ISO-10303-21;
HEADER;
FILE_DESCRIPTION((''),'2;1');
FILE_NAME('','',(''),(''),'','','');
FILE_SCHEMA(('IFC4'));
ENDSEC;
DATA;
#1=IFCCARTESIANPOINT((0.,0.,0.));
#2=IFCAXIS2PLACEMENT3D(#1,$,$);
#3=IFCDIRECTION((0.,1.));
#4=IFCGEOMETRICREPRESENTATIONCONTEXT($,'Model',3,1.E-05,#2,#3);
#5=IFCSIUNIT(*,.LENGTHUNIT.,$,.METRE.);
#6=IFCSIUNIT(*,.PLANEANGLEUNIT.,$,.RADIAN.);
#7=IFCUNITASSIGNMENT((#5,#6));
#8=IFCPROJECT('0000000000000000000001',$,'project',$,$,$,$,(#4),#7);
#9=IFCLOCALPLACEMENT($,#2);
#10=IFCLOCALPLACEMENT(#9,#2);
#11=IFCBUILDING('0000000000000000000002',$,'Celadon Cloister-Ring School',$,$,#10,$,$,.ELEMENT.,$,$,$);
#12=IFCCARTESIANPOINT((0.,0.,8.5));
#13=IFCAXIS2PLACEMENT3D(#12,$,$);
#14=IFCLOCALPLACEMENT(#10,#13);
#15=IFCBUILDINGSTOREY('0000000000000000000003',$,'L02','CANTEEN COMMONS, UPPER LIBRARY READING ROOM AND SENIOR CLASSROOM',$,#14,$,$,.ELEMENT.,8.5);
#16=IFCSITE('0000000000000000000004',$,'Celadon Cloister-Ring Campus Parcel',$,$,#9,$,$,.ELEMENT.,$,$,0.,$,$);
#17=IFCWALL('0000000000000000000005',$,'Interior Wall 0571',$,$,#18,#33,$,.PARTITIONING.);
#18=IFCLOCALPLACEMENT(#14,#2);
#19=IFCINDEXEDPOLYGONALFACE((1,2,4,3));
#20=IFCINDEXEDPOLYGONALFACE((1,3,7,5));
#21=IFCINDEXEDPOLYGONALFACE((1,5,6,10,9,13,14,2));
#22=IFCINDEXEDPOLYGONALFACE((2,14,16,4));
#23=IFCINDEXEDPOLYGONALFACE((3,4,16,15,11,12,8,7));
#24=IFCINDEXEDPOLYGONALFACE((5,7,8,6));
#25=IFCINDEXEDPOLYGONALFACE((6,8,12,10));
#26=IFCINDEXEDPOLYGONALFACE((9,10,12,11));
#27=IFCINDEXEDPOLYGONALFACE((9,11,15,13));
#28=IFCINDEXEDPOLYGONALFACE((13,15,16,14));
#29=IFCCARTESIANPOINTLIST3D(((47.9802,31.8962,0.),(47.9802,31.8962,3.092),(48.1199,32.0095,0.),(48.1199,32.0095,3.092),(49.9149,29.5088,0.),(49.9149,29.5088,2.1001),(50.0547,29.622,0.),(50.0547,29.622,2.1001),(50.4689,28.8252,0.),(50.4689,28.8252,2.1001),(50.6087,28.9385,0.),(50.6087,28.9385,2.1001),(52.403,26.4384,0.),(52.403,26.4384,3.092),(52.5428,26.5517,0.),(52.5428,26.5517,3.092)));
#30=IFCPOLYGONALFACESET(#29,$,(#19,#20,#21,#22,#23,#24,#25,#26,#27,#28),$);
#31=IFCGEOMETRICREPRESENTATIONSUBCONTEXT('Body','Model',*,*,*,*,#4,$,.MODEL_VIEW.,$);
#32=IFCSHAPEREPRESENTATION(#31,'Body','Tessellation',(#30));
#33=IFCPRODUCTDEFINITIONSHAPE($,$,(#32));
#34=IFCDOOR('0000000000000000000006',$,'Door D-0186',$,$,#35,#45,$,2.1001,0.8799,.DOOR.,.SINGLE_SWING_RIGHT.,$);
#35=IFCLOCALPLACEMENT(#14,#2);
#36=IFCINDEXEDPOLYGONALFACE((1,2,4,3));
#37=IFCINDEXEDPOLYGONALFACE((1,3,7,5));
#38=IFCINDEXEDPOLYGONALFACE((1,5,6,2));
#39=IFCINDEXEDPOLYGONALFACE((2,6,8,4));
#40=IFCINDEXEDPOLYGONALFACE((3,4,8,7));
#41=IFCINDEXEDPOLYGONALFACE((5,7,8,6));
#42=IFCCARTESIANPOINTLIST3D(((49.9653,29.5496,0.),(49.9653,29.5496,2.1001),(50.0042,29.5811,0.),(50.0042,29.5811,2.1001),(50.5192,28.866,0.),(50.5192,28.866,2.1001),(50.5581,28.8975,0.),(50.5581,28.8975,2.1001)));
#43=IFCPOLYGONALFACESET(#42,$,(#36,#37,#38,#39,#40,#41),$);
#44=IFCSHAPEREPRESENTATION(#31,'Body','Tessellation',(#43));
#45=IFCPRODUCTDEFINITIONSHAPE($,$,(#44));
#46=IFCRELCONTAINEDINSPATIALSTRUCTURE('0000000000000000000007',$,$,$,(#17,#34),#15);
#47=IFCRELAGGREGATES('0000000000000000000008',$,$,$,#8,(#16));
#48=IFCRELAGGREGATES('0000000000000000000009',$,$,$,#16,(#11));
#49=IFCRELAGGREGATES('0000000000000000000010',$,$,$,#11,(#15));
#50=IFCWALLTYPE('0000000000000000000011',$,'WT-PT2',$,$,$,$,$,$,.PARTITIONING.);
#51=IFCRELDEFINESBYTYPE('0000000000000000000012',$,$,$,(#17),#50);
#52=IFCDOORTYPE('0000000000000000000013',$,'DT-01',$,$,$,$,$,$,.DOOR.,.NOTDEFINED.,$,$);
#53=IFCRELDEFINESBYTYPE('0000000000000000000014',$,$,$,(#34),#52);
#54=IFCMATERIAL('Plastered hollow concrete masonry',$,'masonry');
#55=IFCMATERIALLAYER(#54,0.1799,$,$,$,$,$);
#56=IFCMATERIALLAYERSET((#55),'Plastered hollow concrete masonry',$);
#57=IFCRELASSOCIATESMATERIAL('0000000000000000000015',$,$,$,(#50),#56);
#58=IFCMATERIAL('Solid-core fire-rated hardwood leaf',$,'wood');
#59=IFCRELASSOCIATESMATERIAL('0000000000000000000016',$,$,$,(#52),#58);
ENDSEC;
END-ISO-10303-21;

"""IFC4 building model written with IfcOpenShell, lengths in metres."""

from ifc_helpers import new_model, si_unit, direction, frame, frame_2d, origin, place, context, subcontext, project, spatial, rectangle, extrude, material, layer, layer_set, type_object, element, fill, save


model = new_model("IFC4")

# Units and contexts
model_context = context("Model", 3, precision=1e-05, world=origin(), true_north=direction((0.0, 1.0)))
body_context = subcontext(model_context, "Body", "Model", "MODEL_VIEW")
ifc_project = project(units=[si_unit("LENGTHUNIT", "METRE"), si_unit("PLANEANGLEUNIT", "RADIAN")], contexts=[model_context])

# Site, building, storey
site_placement = place(None, origin())
site = spatial("IfcSite", under=ifc_project, at=site_placement, Name="Celadon Cloister-Ring Campus Parcel", CompositionType="ELEMENT", RefElevation=0.0)
building_placement = place(site_placement, origin())
building = spatial("IfcBuilding", under=site, at=building_placement, Name="Celadon Cloister-Ring School", CompositionType="ELEMENT")
storey_placement = place(building_placement, frame((0.0, 0.0, 8.5)))
storey = spatial("IfcBuildingStorey", under=building, at=storey_placement, Name="L02", Description="CANTEEN COMMONS, UPPER LIBRARY READING ROOM AND SENIOR CLASSROOM", CompositionType="ELEMENT", Elevation=8.5)

# Wall, opening, door
ifc_material_1 = material(Name="Plastered hollow concrete masonry", Category="masonry")
ifc_layer_1 = layer(ifc_material_1, 0.1799)
ifc_layer_set_1 = layer_set([ifc_layer_1], Name="Plastered hollow concrete masonry")
wall_type_1 = type_object("IfcWallType", Name="WT-PT2", PredefinedType="PARTITIONING", material=ifc_layer_set_1)
wall_1_placement = place(storey_placement, frame((48.05, 31.9529, 0.0), z_axis=(0.0, 0.0, 1.0), x_axis=(0.629599, -0.77692, 0.0)))
wall_1 = element("IfcWall", 1, at=wall_1_placement, inside=storey, type_object=wall_type_1, Name="Interior Wall 0571", PredefinedType="PARTITIONING", context=body_context, shape_type="SweptSolid", body=[
    extrude(rectangle(XDim=7.0249, YDim=0.1799, at=frame_2d((3.5125, 0.0))), origin(), (0.0, 0.0, 1.0), 3.092),
])
opening_1_placement = place(wall_1_placement, frame((3.073, 0.0, 0.0)))
opening_1 = element("IfcOpeningElement", 2, at=opening_1_placement, cuts=wall_1, PredefinedType="OPENING", context=body_context, shape_type="SweptSolid", body=[
    extrude(rectangle(XDim=0.8799, YDim=2.1001, at=frame_2d((0.4399, 1.05))), frame((0.0, 0.1001, 0.0), z_axis=(0.0, -1.0, 0.0), x_axis=(1.0, 0.0, 0.0)), (0.0, 0.0, 1.0), 0.2),
])
ifc_material_2 = material(Name="Solid-core fire-rated hardwood leaf", Category="wood")
door_type = type_object("IfcDoorType", Name="DT-01", OperationType="NOTDEFINED", PredefinedType="DOOR", material=ifc_material_2)
door_placement = place(opening_1_placement, origin())
door = element("IfcDoor", 3, at=door_placement, inside=storey, type_object=door_type, Name="Door D-0186", OperationType="SINGLE_SWING_RIGHT", OverallHeight=2.1001, OverallWidth=0.8799, PredefinedType="DOOR", context=body_context, shape_type="SweptSolid", body=[
    extrude(rectangle(XDim=0.8799, YDim=2.1001, at=frame_2d((0.4399, 1.05))), frame((0.0, 0.0249, 0.0), z_axis=(0.0, -1.0, 0.0), x_axis=(1.0, 0.0, 0.0)), (0.0, 0.0, 1.0), 0.05),
])
fill(opening_1, door)

save(model, "model.ifc")
